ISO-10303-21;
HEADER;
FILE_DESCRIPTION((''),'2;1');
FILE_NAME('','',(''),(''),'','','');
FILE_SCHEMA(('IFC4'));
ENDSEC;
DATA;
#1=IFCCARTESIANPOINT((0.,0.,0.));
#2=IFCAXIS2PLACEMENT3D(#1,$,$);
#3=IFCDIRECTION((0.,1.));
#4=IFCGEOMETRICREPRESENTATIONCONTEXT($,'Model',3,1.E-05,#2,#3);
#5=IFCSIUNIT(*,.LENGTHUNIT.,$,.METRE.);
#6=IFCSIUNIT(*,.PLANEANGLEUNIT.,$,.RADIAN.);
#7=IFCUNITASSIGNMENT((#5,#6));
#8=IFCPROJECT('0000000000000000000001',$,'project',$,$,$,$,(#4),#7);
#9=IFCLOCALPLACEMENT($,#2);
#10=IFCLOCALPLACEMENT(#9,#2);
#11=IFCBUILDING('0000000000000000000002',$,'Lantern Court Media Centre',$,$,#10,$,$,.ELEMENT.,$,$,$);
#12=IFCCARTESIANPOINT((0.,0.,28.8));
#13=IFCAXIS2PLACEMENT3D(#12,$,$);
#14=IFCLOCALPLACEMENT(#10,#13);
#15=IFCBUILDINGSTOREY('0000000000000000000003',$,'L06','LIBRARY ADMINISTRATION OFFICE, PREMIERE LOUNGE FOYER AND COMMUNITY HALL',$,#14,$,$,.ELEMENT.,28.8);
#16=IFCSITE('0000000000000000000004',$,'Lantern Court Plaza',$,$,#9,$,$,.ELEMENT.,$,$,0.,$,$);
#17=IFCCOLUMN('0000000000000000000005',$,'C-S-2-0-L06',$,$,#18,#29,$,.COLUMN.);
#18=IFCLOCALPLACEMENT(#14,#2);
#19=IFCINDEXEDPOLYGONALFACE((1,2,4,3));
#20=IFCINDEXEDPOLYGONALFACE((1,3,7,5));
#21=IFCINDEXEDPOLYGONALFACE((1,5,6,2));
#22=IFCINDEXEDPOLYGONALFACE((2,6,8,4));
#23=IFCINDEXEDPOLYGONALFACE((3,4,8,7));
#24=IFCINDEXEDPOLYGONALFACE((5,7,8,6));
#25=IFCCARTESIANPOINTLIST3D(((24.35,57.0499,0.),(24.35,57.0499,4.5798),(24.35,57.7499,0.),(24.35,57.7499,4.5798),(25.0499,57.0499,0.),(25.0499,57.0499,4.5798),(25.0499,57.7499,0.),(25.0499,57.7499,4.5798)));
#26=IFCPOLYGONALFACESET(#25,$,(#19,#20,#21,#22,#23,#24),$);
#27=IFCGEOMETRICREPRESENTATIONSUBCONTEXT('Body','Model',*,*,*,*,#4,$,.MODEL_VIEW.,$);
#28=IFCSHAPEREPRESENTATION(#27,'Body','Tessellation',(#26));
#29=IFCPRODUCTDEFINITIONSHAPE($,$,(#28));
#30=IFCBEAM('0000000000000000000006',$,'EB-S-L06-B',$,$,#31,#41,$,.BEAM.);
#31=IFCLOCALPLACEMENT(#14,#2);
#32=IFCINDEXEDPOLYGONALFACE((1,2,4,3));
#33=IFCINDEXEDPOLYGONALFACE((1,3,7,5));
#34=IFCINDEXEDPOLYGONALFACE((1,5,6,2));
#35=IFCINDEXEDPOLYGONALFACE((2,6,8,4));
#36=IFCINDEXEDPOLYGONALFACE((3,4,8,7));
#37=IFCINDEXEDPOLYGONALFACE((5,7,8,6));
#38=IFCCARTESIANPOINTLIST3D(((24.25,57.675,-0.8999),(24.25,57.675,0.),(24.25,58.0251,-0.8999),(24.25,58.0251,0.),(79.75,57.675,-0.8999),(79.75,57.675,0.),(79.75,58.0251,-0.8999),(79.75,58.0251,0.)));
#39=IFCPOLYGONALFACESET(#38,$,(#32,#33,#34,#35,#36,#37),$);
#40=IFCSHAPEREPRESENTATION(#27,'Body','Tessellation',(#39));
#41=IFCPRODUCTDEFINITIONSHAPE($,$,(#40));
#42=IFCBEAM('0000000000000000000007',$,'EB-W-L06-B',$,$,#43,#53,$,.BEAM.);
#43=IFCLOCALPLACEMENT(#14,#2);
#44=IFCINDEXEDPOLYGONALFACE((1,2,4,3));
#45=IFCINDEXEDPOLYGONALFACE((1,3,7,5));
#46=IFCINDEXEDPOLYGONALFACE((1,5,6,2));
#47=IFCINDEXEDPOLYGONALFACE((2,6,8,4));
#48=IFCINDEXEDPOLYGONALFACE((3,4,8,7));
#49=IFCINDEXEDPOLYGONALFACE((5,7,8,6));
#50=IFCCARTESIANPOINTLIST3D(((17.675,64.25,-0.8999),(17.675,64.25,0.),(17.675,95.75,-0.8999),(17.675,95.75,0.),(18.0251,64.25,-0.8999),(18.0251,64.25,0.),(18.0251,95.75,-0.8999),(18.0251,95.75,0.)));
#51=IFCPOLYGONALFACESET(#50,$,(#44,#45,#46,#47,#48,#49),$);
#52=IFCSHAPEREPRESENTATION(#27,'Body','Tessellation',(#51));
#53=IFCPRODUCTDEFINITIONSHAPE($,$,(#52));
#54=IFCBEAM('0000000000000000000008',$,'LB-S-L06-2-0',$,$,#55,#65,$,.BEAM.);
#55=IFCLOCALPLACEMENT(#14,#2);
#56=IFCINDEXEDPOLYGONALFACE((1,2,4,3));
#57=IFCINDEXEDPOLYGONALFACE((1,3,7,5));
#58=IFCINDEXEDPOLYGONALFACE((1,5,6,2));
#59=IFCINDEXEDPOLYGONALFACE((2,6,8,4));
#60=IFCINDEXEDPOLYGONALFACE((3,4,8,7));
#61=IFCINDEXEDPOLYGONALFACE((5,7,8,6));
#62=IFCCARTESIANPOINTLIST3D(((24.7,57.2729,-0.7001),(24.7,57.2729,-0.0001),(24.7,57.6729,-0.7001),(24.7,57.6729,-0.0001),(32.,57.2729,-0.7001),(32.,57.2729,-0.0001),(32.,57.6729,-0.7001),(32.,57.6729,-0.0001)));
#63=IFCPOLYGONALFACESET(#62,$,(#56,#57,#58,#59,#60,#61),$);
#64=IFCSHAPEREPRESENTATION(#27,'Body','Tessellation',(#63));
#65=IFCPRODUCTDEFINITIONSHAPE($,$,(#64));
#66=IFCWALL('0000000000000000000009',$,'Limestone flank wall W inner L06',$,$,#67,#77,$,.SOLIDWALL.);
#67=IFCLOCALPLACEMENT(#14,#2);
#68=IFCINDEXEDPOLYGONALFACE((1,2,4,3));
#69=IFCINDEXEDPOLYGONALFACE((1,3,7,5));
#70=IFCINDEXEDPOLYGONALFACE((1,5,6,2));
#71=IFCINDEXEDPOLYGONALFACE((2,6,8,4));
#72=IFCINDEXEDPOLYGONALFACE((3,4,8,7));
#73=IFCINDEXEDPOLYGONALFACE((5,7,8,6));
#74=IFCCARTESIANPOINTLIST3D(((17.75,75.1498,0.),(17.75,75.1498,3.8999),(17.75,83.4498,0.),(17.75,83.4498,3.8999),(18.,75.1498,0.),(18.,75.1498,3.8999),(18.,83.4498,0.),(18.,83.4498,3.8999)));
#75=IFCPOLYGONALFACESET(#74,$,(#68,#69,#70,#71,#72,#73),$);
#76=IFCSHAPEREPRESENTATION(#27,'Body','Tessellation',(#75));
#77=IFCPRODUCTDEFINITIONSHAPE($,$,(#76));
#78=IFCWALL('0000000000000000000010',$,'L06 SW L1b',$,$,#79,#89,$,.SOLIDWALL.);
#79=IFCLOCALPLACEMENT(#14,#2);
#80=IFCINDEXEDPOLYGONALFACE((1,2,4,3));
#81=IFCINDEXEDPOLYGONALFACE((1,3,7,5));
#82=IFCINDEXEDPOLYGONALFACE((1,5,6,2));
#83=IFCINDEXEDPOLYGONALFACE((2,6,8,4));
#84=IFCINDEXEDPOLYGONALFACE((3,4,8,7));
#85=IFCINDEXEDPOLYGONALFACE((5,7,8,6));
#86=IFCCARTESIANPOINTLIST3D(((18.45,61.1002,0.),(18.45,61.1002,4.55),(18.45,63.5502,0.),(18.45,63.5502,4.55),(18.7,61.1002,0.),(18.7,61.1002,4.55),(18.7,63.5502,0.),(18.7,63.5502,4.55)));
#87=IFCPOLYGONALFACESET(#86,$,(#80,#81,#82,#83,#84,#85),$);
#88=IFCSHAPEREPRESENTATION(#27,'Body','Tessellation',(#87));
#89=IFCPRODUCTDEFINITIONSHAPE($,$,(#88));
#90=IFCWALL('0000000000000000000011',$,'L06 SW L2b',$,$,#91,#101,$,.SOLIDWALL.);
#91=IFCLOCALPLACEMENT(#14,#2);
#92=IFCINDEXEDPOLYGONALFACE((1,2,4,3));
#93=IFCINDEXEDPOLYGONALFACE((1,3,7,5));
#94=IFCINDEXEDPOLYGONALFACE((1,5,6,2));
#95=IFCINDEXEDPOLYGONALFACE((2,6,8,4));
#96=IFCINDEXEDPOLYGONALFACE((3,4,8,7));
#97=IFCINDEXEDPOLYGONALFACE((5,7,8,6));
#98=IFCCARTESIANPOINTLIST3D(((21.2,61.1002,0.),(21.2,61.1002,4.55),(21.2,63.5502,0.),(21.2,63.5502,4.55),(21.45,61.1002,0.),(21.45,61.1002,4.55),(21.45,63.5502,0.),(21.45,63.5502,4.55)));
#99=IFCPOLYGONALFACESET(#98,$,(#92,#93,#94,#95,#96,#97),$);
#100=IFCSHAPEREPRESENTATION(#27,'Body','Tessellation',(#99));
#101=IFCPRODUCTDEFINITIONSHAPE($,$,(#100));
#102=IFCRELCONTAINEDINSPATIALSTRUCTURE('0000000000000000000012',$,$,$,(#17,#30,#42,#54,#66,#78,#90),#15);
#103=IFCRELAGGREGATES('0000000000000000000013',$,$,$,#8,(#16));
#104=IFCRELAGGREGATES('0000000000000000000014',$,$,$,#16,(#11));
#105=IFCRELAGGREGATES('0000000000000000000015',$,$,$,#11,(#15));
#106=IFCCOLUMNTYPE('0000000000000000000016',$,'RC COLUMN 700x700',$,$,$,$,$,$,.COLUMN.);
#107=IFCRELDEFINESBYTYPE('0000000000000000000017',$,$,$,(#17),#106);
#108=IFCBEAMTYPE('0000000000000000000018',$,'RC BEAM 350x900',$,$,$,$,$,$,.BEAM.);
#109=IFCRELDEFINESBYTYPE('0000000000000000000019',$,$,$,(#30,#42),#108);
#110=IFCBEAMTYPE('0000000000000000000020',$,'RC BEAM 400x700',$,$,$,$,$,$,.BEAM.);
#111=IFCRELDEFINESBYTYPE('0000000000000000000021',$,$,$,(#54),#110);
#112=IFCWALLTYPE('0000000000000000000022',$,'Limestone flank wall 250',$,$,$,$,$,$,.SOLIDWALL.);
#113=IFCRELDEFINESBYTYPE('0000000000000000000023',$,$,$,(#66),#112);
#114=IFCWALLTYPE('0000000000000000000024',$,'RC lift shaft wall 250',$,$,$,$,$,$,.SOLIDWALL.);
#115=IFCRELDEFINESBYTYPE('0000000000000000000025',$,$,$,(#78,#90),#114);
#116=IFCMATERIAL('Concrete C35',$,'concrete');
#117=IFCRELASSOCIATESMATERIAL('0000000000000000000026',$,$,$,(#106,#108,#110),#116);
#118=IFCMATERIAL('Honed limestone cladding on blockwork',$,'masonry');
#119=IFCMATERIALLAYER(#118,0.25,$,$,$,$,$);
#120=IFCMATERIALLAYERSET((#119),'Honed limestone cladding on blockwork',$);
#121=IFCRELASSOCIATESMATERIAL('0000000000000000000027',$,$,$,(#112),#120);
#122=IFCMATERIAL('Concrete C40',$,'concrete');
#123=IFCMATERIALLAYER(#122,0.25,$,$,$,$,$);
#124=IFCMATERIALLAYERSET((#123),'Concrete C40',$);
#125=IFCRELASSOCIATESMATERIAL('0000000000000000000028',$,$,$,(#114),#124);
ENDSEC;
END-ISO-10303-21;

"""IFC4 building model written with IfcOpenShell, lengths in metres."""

from ifc_helpers import new_model, si_unit, direction, frame, frame_2d, origin, origin_2d, place, context, subcontext, project, spatial, rectangle, extrude, material, layer, layer_set, material_profile, profile_set, type_object, element, save


model = new_model("IFC4")

# Units and contexts
model_context = context("Model", 3, precision=1e-05, world=origin(), true_north=direction((0.0, 1.0)))
body_context = subcontext(model_context, "Body", "Model", "MODEL_VIEW")
ifc_project = project(units=[si_unit("LENGTHUNIT", "METRE"), si_unit("PLANEANGLEUNIT", "RADIAN")], contexts=[model_context])

# Site, building, storey
site_placement = place(None, origin())
site = spatial("IfcSite", under=ifc_project, at=site_placement, Name="Lantern Court Plaza", CompositionType="ELEMENT", RefElevation=0.0)
building_placement = place(site_placement, origin())
building = spatial("IfcBuilding", under=site, at=building_placement, Name="Lantern Court Media Centre", CompositionType="ELEMENT")
storey_placement = place(building_placement, frame((0.0, 0.0, 28.8)))
storey = spatial("IfcBuildingStorey", under=building, at=storey_placement, Name="L06", Description="LIBRARY ADMINISTRATION OFFICE, PREMIERE LOUNGE FOYER AND COMMUNITY HALL", CompositionType="ELEMENT", Elevation=28.8)

# Column
ifc_material_1 = material(Name="Concrete C35", Category="concrete")
ifc_material_profile_1 = material_profile(ifc_material_1, rectangle(XDim=0.7, YDim=0.7, at=origin_2d()), Name="RC 700x700")
ifc_profile_set_1 = profile_set([ifc_material_profile_1], Name="Concrete C35")
column_type = type_object("IfcColumnType", Name="RC COLUMN 700x700", PredefinedType="COLUMN", material=ifc_profile_set_1)
column_placement = place(storey_placement, frame((24.7, 57.3999, 0.0), z_axis=(0.0, 0.0, 1.0), x_axis=(1.0, 0.0, 0.0)))
element("IfcColumn", 1, at=column_placement, inside=storey, type_object=column_type, Name="C-S-2-0-L06", PredefinedType="COLUMN", context=body_context, shape_type="SweptSolid", body=[
    extrude(rectangle(XDim=0.7, YDim=0.7, at=origin_2d()), origin(), (0.0, 0.0, 1.0), 4.5798),
])

# Beams
ifc_material_profile_2 = material_profile(ifc_material_1, rectangle(XDim=0.3501, YDim=0.8999, at=origin_2d()), Name="RC 350x900")
ifc_profile_set_2 = profile_set([ifc_material_profile_2], Name="Concrete C35")
beam_type_1 = type_object("IfcBeamType", Name="RC BEAM 350x900", PredefinedType="BEAM", material=ifc_profile_set_2)
beam_1_placement = place(storey_placement, frame((24.25, 57.8501, -0.45), z_axis=(1.0, 0.0, 0.0), x_axis=(0.0, 1.0, 0.0)))
element("IfcBeam", 2, at=beam_1_placement, inside=storey, type_object=beam_type_1, Name="EB-S-L06-B", PredefinedType="BEAM", context=body_context, shape_type="SweptSolid", body=[
    extrude(rectangle(XDim=0.3501, YDim=0.8999, at=origin_2d()), origin(), (0.0, 0.0, 1.0), 55.5),
])
beam_2_placement = place(storey_placement, frame((17.8501, 64.25, -0.45), z_axis=(0.0, 1.0, 0.0), x_axis=(-1.0, 0.0, 0.0)))
element("IfcBeam", 3, at=beam_2_placement, inside=storey, type_object=beam_type_1, Name="EB-W-L06-B", PredefinedType="BEAM", context=body_context, shape_type="SweptSolid", body=[
    extrude(rectangle(XDim=0.3501, YDim=0.8999, at=origin_2d()), origin(), (0.0, 0.0, 1.0), 31.5),
])
ifc_material_profile_3 = material_profile(ifc_material_1, rectangle(XDim=0.3999, YDim=0.7, at=origin_2d()), Name="RC 400x700")
ifc_profile_set_3 = profile_set([ifc_material_profile_3], Name="Concrete C35")
beam_type_2 = type_object("IfcBeamType", Name="RC BEAM 400x700", PredefinedType="BEAM", material=ifc_profile_set_3)
beam_3_placement = place(storey_placement, frame((24.7, 57.4729, -0.3501), z_axis=(1.0, 0.0, 0.0), x_axis=(0.0, 1.0, 0.0)))
element("IfcBeam", 4, at=beam_3_placement, inside=storey, type_object=beam_type_2, Name="LB-S-L06-2-0", PredefinedType="BEAM", context=body_context, shape_type="SweptSolid", body=[
    extrude(rectangle(XDim=0.3999, YDim=0.7, at=origin_2d()), origin(), (0.0, 0.0, 1.0), 7.3),
])

# Walls
ifc_material_2 = material(Name="Honed limestone cladding on blockwork", Category="masonry")
ifc_layer_1 = layer(ifc_material_2, 0.25)
ifc_layer_set_1 = layer_set([ifc_layer_1], Name="Honed limestone cladding on blockwork")
wall_type_1 = type_object("IfcWallType", Name="Limestone flank wall 250", PredefinedType="SOLIDWALL", material=ifc_layer_set_1)
wall_placement = place(storey_placement, frame((17.875, 75.1499, 0.0), z_axis=(0.0, 0.0, 1.0), x_axis=(0.0, 1.0, 0.0)))
element("IfcWall", 5, at=wall_placement, inside=storey, type_object=wall_type_1, Name="Limestone flank wall W inner L06", PredefinedType="SOLIDWALL", context=body_context, shape_type="SweptSolid", body=[
    extrude(rectangle(XDim=8.3, YDim=0.25, at=frame_2d((4.1499, 0.0))), origin(), (0.0, 0.0, 1.0), 3.8999),
])
ifc_material_3 = material(Name="Concrete C40", Category="concrete")
ifc_layer_2 = layer(ifc_material_3, 0.25)
ifc_layer_set_2 = layer_set([ifc_layer_2], Name="Concrete C40")
wall_type_2 = type_object("IfcWallType", Name="RC lift shaft wall 250", PredefinedType="SOLIDWALL", material=ifc_layer_set_2)
for number, where, z_axis, x_axis, name in (
    (6, (18.575, 61.1001, 0.0), (0.0, 0.0, 1.0), (0.0, 1.0, 0.0), "L06 SW L1b"),
    (7, (21.325, 61.1001, 0.0), (0.0, 0.0, 1.0), (0.0, 1.0, 0.0), "L06 SW L2b"),
):
    element("IfcWall", number, at=place(storey_placement, frame(where, z_axis=z_axis, x_axis=x_axis)), inside=storey, type_object=wall_type_2, Name=name, PredefinedType="SOLIDWALL", context=body_context, shape_type="SweptSolid", body=[
        extrude(rectangle(XDim=2.45, YDim=0.25, at=frame_2d((1.2251, 0.0))), origin(), (0.0, 0.0, 1.0), 4.55),
    ])

save(model, "model.ifc")
